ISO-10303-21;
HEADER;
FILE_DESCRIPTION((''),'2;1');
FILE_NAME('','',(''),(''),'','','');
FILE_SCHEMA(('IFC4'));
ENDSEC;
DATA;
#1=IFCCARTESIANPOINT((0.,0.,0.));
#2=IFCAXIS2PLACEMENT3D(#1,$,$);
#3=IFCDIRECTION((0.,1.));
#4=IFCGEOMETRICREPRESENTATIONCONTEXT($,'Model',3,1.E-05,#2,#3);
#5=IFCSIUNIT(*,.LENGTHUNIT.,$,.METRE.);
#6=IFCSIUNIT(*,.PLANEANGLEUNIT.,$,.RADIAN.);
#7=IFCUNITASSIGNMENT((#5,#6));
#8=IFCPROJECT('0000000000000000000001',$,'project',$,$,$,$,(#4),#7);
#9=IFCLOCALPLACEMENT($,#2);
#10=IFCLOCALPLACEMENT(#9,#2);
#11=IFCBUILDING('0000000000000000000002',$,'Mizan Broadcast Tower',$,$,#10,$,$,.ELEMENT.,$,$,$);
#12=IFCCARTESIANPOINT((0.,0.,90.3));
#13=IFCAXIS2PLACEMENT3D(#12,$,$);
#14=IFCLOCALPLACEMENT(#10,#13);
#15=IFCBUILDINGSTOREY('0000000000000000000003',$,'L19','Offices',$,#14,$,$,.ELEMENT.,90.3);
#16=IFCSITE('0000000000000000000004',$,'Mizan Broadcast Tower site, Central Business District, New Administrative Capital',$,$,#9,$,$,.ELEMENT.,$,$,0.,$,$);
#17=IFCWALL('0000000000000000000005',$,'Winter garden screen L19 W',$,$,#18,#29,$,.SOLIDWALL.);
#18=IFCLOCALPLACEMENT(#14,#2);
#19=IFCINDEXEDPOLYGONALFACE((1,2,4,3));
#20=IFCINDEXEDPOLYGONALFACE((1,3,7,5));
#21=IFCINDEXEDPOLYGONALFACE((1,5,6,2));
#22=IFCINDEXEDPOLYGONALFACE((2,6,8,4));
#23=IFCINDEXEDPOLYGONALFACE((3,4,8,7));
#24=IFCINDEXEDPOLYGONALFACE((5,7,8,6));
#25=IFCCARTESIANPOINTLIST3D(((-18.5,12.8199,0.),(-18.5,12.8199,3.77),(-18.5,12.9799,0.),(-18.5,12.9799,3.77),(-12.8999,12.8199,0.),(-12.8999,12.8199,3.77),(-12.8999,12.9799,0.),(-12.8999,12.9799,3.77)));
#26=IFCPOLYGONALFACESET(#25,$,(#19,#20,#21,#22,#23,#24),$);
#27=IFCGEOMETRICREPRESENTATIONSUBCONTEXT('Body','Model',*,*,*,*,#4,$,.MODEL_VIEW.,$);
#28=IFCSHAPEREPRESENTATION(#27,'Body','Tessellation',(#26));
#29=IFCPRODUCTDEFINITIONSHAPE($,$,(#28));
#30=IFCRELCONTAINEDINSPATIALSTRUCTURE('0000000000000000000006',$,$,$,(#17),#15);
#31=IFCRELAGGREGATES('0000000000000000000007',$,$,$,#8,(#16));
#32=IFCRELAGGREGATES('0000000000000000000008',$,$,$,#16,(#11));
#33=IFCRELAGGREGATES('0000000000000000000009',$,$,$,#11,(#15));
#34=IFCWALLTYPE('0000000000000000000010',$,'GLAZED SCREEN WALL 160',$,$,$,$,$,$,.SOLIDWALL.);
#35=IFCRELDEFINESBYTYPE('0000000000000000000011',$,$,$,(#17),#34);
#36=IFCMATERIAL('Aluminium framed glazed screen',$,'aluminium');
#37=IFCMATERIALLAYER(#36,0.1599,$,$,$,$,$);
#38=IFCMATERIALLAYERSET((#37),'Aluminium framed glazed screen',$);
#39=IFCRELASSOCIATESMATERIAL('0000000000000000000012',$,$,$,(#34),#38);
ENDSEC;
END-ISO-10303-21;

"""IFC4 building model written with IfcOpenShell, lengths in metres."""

from ifc_helpers import new_model, si_unit, direction, frame, frame_2d, origin, place, context, subcontext, project, spatial, rectangle, extrude, material, layer, layer_set, type_object, element, save


model = new_model("IFC4")

# Units and contexts
model_context = context("Model", 3, precision=1e-05, world=origin(), true_north=direction((0.0, 1.0)))
body_context = subcontext(model_context, "Body", "Model", "MODEL_VIEW")
ifc_project = project(units=[si_unit("LENGTHUNIT", "METRE"), si_unit("PLANEANGLEUNIT", "RADIAN")], contexts=[model_context])

# Site, building, storey
site_placement = place(None, origin())
site = spatial("IfcSite", under=ifc_project, at=site_placement, Name="Mizan Broadcast Tower site, Central Business District, New Administrative Capital", CompositionType="ELEMENT", RefElevation=0.0)
building_placement = place(site_placement, origin())
building = spatial("IfcBuilding", under=site, at=building_placement, Name="Mizan Broadcast Tower", CompositionType="ELEMENT")
storey_placement = place(building_placement, frame((0.0, 0.0, 90.3)))
storey = spatial("IfcBuildingStorey", under=building, at=storey_placement, Name="L19", Description="Offices", CompositionType="ELEMENT", Elevation=90.3)

# Shared definitions
ifc_material_1 = material(Name="Aluminium framed glazed screen", Category="aluminium")
ifc_layer_1 = layer(ifc_material_1, 0.1599)
ifc_layer_set_1 = layer_set([ifc_layer_1], Name="Aluminium framed glazed screen")
wall_type = type_object("IfcWallType", Name="GLAZED SCREEN WALL 160", PredefinedType="SOLIDWALL", material=ifc_layer_set_1)

# Wall
wall_1_placement = place(storey_placement, frame((-12.8999, 12.8999, 0.0), z_axis=(0.0, 0.0, 1.0), x_axis=(-1.0, 0.0, 0.0)))
element("IfcWall", 1, at=wall_1_placement, inside=storey, type_object=wall_type, Name="Winter garden screen L19 W", PredefinedType="SOLIDWALL", context=body_context, shape_type="SweptSolid", body=[
    extrude(rectangle(XDim=5.6001, YDim=0.1599, at=frame_2d((2.8, 0.0))), origin(), (0.0, 0.0, 1.0), 3.77),
])

save(model, "model.ifc")
